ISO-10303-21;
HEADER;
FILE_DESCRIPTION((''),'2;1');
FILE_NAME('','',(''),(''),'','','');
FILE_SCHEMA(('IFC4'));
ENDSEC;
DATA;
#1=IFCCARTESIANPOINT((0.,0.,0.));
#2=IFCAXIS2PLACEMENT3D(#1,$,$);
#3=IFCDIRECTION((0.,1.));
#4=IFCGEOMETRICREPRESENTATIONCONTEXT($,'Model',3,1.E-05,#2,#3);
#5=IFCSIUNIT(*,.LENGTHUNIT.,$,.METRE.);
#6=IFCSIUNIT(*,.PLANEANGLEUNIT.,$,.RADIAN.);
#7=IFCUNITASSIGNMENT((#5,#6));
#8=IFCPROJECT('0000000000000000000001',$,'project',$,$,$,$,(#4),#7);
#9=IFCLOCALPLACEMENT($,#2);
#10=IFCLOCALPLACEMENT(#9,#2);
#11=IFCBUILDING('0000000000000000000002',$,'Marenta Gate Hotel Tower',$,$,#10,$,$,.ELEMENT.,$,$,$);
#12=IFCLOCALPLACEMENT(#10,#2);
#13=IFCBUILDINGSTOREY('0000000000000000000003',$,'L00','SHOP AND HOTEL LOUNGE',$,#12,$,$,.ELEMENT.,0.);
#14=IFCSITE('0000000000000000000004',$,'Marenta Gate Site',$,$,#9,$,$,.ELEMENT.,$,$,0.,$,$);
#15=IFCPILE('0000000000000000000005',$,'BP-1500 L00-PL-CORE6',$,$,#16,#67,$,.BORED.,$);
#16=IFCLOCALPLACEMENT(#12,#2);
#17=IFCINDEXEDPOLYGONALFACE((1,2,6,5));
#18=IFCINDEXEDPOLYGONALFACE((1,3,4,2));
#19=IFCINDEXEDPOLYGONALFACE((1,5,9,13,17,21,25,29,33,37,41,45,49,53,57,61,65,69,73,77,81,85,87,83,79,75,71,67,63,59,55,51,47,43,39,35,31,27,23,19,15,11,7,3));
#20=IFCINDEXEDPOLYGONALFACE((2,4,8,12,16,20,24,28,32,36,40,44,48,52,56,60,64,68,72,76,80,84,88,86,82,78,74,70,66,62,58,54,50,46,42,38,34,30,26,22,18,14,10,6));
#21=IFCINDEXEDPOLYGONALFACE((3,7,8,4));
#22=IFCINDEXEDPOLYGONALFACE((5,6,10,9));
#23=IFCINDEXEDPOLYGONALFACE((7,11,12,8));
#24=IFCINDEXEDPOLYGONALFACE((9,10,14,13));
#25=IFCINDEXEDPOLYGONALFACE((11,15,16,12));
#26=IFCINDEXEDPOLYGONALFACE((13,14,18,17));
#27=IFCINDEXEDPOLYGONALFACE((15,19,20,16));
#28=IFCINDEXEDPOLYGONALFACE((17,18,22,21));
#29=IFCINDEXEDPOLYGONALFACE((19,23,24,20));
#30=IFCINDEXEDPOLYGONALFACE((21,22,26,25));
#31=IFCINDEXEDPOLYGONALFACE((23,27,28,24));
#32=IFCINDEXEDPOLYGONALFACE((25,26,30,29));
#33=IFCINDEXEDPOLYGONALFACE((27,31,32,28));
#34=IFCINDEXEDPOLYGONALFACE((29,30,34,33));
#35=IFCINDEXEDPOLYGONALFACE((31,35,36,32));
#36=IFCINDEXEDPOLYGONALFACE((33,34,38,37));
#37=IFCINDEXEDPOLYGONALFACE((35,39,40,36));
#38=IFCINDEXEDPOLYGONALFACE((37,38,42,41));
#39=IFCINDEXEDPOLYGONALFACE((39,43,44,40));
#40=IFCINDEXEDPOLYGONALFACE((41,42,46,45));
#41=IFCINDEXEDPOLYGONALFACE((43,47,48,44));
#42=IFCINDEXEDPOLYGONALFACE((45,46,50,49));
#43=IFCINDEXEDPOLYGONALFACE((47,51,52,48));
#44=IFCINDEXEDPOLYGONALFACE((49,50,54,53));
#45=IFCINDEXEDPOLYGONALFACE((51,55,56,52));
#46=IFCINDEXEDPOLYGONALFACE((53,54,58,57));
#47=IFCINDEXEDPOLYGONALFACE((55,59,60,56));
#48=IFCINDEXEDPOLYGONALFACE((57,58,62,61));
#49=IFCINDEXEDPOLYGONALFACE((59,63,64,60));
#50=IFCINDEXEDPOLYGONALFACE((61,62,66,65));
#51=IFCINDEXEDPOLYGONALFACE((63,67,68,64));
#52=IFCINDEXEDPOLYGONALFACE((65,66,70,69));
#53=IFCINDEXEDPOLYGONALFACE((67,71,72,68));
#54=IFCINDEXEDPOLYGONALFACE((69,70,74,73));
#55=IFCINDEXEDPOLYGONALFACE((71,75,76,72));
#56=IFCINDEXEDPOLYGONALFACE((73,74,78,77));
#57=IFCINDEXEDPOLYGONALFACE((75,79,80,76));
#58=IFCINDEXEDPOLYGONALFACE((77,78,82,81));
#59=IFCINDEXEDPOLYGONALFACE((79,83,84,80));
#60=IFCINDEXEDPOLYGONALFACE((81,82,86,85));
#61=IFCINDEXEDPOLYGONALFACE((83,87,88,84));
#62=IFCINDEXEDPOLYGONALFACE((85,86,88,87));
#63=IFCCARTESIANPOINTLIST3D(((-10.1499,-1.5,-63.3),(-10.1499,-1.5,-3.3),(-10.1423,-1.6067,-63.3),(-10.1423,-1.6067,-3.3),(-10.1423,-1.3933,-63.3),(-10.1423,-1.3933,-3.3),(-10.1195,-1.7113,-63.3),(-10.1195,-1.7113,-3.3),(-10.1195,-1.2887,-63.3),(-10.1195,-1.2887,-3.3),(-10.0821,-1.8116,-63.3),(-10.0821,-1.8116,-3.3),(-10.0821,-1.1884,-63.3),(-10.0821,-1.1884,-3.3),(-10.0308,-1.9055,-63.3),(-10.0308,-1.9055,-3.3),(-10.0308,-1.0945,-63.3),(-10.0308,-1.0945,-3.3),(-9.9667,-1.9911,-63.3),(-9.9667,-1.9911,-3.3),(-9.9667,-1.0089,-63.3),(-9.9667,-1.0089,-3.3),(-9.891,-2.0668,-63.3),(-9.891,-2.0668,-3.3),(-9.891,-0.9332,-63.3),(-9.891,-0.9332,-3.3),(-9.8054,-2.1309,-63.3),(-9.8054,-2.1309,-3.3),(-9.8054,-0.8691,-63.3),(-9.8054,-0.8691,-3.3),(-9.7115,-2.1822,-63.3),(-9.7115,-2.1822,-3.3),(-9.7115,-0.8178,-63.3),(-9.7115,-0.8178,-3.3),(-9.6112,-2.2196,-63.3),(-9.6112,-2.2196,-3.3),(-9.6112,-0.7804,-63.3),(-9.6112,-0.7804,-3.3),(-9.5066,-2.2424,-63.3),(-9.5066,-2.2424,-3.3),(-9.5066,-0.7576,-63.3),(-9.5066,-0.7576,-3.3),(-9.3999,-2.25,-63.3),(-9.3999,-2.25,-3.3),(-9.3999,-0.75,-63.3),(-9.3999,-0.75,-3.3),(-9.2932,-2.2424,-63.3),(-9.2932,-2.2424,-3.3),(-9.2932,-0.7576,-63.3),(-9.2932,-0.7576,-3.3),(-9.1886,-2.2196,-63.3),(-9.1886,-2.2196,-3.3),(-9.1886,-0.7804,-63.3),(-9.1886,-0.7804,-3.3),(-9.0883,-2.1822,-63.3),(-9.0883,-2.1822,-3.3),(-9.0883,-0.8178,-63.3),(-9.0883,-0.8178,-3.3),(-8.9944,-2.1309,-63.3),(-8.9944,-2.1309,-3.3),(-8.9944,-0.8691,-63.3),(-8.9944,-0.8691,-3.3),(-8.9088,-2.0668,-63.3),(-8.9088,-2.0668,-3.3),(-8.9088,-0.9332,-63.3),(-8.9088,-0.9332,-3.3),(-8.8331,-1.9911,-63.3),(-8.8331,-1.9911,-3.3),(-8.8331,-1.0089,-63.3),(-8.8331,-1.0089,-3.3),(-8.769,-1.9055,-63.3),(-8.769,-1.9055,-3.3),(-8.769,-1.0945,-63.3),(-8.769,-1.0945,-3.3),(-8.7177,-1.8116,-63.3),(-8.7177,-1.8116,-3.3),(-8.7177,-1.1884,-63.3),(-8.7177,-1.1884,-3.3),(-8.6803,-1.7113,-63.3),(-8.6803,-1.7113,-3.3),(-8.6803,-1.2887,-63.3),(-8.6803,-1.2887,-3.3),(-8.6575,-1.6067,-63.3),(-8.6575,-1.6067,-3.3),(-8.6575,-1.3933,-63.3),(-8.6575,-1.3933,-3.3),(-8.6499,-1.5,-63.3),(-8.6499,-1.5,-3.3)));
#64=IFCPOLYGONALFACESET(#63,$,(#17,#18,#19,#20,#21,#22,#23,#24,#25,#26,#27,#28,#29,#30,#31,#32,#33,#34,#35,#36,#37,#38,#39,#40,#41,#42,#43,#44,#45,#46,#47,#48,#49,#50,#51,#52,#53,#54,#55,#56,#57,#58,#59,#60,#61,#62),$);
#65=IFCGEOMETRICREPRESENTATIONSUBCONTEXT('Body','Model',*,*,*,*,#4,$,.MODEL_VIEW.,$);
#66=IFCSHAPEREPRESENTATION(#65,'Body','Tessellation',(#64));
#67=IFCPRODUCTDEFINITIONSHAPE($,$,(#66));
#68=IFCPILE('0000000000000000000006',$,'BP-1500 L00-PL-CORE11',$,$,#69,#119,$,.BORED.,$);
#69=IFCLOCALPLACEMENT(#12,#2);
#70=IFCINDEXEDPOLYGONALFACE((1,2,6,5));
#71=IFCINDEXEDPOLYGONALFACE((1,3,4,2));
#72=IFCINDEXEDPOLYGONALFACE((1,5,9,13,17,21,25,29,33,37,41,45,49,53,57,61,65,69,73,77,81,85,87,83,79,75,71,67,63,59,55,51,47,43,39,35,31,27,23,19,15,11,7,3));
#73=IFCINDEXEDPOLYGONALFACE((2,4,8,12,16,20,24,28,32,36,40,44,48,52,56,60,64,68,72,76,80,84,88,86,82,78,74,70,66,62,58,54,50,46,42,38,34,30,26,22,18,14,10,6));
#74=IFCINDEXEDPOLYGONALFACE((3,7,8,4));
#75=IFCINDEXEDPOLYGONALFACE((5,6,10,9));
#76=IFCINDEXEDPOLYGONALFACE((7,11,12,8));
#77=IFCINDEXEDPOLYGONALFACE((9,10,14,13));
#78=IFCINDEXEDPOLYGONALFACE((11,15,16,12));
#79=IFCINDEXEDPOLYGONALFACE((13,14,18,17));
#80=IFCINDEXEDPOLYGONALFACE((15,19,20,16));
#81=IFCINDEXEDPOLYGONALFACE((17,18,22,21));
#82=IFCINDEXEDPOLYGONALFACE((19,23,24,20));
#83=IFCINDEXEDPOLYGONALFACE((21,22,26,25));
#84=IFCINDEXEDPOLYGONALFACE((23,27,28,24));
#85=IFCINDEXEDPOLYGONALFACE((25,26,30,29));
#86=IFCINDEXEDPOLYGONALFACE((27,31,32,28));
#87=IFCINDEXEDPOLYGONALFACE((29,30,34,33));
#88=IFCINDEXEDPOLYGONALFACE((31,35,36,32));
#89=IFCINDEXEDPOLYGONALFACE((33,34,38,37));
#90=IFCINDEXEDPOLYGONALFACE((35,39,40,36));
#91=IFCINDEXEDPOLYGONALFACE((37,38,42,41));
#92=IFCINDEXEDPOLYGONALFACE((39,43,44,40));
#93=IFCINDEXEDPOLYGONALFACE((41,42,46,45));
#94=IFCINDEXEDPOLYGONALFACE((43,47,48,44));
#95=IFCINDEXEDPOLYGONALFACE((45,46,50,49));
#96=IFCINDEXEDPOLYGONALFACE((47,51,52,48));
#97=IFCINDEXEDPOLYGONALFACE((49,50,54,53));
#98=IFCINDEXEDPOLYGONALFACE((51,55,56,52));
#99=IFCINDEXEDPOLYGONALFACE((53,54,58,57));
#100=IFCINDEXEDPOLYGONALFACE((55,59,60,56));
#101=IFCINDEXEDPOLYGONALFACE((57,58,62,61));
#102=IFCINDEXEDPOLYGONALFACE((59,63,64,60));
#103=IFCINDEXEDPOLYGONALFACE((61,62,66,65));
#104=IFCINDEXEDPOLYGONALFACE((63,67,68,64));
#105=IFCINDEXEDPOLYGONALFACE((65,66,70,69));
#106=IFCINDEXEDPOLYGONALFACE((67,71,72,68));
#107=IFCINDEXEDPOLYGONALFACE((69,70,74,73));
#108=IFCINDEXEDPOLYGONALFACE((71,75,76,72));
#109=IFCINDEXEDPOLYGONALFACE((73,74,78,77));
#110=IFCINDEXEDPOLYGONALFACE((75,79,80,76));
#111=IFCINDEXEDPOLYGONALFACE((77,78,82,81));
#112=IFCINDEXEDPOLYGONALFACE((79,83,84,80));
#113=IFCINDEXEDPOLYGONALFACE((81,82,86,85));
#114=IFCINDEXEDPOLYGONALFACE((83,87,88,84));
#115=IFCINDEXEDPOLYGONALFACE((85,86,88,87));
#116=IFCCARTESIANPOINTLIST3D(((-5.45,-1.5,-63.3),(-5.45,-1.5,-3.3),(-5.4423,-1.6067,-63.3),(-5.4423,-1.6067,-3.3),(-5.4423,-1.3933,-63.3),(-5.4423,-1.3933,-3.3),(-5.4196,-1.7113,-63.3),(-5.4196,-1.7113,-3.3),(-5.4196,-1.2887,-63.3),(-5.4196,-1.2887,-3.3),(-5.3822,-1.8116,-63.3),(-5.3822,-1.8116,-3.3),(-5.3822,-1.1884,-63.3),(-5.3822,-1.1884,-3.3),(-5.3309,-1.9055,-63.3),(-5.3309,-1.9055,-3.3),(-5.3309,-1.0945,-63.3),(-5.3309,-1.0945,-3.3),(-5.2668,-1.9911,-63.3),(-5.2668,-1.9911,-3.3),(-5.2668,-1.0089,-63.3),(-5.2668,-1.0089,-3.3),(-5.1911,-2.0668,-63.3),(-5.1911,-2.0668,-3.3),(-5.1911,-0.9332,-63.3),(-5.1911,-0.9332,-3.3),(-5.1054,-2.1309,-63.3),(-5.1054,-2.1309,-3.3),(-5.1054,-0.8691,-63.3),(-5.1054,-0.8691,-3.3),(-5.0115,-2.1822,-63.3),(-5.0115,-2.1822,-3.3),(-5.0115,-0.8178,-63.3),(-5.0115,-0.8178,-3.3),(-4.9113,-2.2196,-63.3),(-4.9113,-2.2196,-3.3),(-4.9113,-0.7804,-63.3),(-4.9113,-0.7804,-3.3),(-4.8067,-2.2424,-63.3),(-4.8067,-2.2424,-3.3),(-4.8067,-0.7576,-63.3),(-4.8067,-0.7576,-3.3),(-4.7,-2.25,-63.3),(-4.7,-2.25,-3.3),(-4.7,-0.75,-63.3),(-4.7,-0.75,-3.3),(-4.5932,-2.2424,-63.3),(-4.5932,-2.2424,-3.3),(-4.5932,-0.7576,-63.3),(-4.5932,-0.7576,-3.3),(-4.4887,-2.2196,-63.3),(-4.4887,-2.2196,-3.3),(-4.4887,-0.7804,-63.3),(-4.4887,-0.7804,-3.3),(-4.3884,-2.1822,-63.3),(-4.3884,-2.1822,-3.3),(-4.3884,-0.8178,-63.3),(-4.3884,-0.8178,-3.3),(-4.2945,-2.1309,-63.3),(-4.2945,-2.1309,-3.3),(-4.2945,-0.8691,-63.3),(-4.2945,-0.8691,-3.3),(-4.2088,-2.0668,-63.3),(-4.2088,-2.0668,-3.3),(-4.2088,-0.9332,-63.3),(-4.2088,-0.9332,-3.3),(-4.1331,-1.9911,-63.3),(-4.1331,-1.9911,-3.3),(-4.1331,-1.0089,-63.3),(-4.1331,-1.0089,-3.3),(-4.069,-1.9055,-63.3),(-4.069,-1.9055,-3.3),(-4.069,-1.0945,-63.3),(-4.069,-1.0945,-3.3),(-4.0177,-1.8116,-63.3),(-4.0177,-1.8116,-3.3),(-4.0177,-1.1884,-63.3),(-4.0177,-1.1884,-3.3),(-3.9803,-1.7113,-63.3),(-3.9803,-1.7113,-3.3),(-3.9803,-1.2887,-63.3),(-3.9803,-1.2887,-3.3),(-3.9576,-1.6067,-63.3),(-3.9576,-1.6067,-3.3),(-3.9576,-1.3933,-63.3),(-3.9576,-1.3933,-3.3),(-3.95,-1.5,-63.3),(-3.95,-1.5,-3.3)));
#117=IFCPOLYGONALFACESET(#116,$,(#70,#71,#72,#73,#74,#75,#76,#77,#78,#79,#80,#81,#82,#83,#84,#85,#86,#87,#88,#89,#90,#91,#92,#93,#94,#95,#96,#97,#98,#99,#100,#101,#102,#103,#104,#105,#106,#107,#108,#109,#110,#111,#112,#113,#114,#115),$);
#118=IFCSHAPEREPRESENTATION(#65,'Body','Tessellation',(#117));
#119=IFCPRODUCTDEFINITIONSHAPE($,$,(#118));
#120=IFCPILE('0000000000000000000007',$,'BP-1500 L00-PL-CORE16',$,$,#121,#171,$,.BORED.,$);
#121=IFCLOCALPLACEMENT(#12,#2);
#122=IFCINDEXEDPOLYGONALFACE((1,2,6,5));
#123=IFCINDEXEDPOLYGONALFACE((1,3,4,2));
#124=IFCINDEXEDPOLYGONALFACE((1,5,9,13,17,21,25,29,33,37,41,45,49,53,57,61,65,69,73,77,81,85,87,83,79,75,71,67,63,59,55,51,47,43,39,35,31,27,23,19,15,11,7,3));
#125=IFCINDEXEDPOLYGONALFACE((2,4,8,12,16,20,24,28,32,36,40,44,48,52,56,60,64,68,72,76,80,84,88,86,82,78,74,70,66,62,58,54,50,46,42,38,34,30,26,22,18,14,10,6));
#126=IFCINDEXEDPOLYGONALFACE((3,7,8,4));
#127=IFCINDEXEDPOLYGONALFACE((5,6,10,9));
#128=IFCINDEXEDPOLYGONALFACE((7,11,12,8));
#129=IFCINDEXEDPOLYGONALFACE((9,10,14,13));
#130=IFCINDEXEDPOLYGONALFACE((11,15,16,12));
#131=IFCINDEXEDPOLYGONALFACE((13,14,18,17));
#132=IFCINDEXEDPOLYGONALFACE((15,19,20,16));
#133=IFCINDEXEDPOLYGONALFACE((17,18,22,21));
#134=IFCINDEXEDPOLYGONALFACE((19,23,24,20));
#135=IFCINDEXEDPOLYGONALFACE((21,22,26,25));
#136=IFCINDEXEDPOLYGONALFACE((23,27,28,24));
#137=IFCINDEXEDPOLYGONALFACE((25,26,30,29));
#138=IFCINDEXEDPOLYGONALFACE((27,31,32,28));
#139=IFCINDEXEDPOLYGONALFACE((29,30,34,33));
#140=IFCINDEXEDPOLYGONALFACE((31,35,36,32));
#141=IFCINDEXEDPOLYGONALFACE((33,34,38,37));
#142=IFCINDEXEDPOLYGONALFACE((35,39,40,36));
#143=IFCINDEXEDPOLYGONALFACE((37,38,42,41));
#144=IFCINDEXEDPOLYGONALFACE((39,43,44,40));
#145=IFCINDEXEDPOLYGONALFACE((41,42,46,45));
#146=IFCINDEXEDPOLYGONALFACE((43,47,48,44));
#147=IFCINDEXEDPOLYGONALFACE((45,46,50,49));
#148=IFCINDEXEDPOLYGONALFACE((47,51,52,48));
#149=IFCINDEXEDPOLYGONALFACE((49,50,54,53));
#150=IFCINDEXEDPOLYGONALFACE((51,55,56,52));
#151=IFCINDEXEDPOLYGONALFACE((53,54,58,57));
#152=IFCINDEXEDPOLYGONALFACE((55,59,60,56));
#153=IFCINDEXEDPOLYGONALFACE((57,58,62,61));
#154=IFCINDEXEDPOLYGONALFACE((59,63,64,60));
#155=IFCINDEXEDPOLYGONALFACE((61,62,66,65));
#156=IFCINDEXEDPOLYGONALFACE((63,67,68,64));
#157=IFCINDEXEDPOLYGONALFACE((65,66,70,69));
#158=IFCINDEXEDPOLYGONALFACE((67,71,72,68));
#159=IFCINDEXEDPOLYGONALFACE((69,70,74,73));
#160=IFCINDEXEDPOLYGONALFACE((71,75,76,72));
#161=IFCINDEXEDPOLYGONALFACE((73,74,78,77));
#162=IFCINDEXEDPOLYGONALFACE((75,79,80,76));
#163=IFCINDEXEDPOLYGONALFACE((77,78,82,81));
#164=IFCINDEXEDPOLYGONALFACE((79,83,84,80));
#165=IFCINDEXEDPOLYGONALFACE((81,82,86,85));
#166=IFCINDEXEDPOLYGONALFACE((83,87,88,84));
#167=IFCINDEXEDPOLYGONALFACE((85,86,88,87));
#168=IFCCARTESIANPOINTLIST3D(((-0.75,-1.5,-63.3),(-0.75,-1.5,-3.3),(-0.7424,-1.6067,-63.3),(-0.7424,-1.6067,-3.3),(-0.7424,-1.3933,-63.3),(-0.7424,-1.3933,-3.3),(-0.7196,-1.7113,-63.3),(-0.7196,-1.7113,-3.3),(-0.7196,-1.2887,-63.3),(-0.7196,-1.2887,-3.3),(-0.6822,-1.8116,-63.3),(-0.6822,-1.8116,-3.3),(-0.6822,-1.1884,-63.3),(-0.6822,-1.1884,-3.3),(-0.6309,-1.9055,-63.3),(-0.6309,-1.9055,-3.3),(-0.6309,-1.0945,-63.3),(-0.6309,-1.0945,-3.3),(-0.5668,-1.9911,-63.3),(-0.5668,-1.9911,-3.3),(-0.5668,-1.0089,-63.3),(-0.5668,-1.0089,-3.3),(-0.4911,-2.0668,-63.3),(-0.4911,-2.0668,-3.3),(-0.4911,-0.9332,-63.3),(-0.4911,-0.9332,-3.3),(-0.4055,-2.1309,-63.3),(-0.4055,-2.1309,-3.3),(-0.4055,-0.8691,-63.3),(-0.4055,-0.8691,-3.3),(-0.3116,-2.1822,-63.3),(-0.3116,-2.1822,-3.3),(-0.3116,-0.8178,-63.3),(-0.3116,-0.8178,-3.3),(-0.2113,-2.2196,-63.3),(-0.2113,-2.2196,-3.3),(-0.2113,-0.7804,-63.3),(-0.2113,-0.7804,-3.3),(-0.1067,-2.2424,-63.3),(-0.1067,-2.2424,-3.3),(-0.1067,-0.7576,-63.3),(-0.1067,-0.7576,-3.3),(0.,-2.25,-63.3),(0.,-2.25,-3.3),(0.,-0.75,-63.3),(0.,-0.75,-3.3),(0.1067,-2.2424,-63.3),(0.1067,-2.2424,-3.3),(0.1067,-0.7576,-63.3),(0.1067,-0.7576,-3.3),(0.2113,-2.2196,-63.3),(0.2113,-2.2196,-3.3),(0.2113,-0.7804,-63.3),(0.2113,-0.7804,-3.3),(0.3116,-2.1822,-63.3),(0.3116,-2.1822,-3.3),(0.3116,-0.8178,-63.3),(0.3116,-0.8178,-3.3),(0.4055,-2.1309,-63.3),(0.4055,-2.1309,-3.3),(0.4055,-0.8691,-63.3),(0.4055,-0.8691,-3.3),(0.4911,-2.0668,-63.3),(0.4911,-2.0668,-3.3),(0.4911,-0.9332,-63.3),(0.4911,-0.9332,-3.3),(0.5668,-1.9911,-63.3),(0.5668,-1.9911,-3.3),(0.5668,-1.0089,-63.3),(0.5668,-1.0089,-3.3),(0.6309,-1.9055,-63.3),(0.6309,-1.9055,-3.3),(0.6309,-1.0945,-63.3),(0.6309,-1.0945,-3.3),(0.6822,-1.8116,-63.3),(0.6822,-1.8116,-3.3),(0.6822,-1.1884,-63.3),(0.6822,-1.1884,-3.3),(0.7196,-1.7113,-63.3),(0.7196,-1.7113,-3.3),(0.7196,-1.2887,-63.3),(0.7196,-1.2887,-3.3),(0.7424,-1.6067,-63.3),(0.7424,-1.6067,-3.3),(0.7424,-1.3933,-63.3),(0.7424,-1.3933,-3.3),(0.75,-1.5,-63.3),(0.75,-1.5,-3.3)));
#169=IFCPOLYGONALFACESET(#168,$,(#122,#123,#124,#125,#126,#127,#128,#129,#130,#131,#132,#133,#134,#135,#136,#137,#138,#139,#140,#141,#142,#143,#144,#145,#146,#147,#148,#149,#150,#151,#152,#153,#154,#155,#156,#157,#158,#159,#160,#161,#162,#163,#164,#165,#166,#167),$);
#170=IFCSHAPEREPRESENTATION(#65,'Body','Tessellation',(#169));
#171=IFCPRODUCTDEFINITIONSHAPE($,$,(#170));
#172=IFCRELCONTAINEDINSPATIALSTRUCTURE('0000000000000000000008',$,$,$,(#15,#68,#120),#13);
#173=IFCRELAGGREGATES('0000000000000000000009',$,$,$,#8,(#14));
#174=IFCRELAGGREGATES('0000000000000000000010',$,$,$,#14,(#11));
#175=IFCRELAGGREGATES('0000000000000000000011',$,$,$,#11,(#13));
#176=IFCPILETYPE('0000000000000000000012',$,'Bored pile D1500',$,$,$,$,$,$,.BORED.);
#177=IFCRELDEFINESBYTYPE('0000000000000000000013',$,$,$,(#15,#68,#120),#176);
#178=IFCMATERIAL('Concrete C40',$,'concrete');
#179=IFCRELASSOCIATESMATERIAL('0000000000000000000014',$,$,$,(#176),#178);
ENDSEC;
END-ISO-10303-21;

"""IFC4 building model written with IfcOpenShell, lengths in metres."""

from ifc_helpers import new_model, si_unit, direction, frame, origin, origin_2d, place, context, subcontext, project, spatial, circle, extrude, material, type_object, element, save


model = new_model("IFC4")

# Units and contexts
model_context = context("Model", 3, precision=1e-05, world=origin(), true_north=direction((0.0, 1.0)))
body_context = subcontext(model_context, "Body", "Model", "MODEL_VIEW")
ifc_project = project(units=[si_unit("LENGTHUNIT", "METRE"), si_unit("PLANEANGLEUNIT", "RADIAN")], contexts=[model_context])

# Site, building, storey
site_placement = place(None, origin())
site = spatial("IfcSite", under=ifc_project, at=site_placement, Name="Marenta Gate Site", CompositionType="ELEMENT", RefElevation=0.0)
building_placement = place(site_placement, origin())
building = spatial("IfcBuilding", under=site, at=building_placement, Name="Marenta Gate Hotel Tower", CompositionType="ELEMENT")
storey_placement = place(building_placement, origin())
storey = spatial("IfcBuildingStorey", under=building, at=storey_placement, Name="L00", Description="SHOP AND HOTEL LOUNGE", CompositionType="ELEMENT", Elevation=0.0)

# Piles
ifc_material_1 = material(Name="Concrete C40", Category="concrete")
pile_type = type_object("IfcPileType", Name="Bored pile D1500", PredefinedType="BORED", material=ifc_material_1)
for number, where, z_axis, x_axis, name in (
    (1, (-9.3999, -1.5, -3.3), (0.0, 0.0, -1.0), (1.0, 0.0, 0.0), "BP-1500 L00-PL-CORE6"),
    (2, (-4.7, -1.5, -3.3), (0.0, 0.0, -1.0), (1.0, 0.0, 0.0), "BP-1500 L00-PL-CORE11"),
    (3, (0.0, -1.5, -3.3), (0.0, 0.0, -1.0), (1.0, 0.0, 0.0), "BP-1500 L00-PL-CORE16"),
):
    element("IfcPile", number, at=place(storey_placement, frame(where, z_axis=z_axis, x_axis=x_axis)), inside=storey, type_object=pile_type, Name=name, PredefinedType="BORED", context=body_context, shape_type="SweptSolid", body=[
        extrude(circle(Radius=0.75, at=origin_2d()), origin(), (0.0, 0.0, 1.0), 60.0),
    ])

save(model, "model.ifc")
